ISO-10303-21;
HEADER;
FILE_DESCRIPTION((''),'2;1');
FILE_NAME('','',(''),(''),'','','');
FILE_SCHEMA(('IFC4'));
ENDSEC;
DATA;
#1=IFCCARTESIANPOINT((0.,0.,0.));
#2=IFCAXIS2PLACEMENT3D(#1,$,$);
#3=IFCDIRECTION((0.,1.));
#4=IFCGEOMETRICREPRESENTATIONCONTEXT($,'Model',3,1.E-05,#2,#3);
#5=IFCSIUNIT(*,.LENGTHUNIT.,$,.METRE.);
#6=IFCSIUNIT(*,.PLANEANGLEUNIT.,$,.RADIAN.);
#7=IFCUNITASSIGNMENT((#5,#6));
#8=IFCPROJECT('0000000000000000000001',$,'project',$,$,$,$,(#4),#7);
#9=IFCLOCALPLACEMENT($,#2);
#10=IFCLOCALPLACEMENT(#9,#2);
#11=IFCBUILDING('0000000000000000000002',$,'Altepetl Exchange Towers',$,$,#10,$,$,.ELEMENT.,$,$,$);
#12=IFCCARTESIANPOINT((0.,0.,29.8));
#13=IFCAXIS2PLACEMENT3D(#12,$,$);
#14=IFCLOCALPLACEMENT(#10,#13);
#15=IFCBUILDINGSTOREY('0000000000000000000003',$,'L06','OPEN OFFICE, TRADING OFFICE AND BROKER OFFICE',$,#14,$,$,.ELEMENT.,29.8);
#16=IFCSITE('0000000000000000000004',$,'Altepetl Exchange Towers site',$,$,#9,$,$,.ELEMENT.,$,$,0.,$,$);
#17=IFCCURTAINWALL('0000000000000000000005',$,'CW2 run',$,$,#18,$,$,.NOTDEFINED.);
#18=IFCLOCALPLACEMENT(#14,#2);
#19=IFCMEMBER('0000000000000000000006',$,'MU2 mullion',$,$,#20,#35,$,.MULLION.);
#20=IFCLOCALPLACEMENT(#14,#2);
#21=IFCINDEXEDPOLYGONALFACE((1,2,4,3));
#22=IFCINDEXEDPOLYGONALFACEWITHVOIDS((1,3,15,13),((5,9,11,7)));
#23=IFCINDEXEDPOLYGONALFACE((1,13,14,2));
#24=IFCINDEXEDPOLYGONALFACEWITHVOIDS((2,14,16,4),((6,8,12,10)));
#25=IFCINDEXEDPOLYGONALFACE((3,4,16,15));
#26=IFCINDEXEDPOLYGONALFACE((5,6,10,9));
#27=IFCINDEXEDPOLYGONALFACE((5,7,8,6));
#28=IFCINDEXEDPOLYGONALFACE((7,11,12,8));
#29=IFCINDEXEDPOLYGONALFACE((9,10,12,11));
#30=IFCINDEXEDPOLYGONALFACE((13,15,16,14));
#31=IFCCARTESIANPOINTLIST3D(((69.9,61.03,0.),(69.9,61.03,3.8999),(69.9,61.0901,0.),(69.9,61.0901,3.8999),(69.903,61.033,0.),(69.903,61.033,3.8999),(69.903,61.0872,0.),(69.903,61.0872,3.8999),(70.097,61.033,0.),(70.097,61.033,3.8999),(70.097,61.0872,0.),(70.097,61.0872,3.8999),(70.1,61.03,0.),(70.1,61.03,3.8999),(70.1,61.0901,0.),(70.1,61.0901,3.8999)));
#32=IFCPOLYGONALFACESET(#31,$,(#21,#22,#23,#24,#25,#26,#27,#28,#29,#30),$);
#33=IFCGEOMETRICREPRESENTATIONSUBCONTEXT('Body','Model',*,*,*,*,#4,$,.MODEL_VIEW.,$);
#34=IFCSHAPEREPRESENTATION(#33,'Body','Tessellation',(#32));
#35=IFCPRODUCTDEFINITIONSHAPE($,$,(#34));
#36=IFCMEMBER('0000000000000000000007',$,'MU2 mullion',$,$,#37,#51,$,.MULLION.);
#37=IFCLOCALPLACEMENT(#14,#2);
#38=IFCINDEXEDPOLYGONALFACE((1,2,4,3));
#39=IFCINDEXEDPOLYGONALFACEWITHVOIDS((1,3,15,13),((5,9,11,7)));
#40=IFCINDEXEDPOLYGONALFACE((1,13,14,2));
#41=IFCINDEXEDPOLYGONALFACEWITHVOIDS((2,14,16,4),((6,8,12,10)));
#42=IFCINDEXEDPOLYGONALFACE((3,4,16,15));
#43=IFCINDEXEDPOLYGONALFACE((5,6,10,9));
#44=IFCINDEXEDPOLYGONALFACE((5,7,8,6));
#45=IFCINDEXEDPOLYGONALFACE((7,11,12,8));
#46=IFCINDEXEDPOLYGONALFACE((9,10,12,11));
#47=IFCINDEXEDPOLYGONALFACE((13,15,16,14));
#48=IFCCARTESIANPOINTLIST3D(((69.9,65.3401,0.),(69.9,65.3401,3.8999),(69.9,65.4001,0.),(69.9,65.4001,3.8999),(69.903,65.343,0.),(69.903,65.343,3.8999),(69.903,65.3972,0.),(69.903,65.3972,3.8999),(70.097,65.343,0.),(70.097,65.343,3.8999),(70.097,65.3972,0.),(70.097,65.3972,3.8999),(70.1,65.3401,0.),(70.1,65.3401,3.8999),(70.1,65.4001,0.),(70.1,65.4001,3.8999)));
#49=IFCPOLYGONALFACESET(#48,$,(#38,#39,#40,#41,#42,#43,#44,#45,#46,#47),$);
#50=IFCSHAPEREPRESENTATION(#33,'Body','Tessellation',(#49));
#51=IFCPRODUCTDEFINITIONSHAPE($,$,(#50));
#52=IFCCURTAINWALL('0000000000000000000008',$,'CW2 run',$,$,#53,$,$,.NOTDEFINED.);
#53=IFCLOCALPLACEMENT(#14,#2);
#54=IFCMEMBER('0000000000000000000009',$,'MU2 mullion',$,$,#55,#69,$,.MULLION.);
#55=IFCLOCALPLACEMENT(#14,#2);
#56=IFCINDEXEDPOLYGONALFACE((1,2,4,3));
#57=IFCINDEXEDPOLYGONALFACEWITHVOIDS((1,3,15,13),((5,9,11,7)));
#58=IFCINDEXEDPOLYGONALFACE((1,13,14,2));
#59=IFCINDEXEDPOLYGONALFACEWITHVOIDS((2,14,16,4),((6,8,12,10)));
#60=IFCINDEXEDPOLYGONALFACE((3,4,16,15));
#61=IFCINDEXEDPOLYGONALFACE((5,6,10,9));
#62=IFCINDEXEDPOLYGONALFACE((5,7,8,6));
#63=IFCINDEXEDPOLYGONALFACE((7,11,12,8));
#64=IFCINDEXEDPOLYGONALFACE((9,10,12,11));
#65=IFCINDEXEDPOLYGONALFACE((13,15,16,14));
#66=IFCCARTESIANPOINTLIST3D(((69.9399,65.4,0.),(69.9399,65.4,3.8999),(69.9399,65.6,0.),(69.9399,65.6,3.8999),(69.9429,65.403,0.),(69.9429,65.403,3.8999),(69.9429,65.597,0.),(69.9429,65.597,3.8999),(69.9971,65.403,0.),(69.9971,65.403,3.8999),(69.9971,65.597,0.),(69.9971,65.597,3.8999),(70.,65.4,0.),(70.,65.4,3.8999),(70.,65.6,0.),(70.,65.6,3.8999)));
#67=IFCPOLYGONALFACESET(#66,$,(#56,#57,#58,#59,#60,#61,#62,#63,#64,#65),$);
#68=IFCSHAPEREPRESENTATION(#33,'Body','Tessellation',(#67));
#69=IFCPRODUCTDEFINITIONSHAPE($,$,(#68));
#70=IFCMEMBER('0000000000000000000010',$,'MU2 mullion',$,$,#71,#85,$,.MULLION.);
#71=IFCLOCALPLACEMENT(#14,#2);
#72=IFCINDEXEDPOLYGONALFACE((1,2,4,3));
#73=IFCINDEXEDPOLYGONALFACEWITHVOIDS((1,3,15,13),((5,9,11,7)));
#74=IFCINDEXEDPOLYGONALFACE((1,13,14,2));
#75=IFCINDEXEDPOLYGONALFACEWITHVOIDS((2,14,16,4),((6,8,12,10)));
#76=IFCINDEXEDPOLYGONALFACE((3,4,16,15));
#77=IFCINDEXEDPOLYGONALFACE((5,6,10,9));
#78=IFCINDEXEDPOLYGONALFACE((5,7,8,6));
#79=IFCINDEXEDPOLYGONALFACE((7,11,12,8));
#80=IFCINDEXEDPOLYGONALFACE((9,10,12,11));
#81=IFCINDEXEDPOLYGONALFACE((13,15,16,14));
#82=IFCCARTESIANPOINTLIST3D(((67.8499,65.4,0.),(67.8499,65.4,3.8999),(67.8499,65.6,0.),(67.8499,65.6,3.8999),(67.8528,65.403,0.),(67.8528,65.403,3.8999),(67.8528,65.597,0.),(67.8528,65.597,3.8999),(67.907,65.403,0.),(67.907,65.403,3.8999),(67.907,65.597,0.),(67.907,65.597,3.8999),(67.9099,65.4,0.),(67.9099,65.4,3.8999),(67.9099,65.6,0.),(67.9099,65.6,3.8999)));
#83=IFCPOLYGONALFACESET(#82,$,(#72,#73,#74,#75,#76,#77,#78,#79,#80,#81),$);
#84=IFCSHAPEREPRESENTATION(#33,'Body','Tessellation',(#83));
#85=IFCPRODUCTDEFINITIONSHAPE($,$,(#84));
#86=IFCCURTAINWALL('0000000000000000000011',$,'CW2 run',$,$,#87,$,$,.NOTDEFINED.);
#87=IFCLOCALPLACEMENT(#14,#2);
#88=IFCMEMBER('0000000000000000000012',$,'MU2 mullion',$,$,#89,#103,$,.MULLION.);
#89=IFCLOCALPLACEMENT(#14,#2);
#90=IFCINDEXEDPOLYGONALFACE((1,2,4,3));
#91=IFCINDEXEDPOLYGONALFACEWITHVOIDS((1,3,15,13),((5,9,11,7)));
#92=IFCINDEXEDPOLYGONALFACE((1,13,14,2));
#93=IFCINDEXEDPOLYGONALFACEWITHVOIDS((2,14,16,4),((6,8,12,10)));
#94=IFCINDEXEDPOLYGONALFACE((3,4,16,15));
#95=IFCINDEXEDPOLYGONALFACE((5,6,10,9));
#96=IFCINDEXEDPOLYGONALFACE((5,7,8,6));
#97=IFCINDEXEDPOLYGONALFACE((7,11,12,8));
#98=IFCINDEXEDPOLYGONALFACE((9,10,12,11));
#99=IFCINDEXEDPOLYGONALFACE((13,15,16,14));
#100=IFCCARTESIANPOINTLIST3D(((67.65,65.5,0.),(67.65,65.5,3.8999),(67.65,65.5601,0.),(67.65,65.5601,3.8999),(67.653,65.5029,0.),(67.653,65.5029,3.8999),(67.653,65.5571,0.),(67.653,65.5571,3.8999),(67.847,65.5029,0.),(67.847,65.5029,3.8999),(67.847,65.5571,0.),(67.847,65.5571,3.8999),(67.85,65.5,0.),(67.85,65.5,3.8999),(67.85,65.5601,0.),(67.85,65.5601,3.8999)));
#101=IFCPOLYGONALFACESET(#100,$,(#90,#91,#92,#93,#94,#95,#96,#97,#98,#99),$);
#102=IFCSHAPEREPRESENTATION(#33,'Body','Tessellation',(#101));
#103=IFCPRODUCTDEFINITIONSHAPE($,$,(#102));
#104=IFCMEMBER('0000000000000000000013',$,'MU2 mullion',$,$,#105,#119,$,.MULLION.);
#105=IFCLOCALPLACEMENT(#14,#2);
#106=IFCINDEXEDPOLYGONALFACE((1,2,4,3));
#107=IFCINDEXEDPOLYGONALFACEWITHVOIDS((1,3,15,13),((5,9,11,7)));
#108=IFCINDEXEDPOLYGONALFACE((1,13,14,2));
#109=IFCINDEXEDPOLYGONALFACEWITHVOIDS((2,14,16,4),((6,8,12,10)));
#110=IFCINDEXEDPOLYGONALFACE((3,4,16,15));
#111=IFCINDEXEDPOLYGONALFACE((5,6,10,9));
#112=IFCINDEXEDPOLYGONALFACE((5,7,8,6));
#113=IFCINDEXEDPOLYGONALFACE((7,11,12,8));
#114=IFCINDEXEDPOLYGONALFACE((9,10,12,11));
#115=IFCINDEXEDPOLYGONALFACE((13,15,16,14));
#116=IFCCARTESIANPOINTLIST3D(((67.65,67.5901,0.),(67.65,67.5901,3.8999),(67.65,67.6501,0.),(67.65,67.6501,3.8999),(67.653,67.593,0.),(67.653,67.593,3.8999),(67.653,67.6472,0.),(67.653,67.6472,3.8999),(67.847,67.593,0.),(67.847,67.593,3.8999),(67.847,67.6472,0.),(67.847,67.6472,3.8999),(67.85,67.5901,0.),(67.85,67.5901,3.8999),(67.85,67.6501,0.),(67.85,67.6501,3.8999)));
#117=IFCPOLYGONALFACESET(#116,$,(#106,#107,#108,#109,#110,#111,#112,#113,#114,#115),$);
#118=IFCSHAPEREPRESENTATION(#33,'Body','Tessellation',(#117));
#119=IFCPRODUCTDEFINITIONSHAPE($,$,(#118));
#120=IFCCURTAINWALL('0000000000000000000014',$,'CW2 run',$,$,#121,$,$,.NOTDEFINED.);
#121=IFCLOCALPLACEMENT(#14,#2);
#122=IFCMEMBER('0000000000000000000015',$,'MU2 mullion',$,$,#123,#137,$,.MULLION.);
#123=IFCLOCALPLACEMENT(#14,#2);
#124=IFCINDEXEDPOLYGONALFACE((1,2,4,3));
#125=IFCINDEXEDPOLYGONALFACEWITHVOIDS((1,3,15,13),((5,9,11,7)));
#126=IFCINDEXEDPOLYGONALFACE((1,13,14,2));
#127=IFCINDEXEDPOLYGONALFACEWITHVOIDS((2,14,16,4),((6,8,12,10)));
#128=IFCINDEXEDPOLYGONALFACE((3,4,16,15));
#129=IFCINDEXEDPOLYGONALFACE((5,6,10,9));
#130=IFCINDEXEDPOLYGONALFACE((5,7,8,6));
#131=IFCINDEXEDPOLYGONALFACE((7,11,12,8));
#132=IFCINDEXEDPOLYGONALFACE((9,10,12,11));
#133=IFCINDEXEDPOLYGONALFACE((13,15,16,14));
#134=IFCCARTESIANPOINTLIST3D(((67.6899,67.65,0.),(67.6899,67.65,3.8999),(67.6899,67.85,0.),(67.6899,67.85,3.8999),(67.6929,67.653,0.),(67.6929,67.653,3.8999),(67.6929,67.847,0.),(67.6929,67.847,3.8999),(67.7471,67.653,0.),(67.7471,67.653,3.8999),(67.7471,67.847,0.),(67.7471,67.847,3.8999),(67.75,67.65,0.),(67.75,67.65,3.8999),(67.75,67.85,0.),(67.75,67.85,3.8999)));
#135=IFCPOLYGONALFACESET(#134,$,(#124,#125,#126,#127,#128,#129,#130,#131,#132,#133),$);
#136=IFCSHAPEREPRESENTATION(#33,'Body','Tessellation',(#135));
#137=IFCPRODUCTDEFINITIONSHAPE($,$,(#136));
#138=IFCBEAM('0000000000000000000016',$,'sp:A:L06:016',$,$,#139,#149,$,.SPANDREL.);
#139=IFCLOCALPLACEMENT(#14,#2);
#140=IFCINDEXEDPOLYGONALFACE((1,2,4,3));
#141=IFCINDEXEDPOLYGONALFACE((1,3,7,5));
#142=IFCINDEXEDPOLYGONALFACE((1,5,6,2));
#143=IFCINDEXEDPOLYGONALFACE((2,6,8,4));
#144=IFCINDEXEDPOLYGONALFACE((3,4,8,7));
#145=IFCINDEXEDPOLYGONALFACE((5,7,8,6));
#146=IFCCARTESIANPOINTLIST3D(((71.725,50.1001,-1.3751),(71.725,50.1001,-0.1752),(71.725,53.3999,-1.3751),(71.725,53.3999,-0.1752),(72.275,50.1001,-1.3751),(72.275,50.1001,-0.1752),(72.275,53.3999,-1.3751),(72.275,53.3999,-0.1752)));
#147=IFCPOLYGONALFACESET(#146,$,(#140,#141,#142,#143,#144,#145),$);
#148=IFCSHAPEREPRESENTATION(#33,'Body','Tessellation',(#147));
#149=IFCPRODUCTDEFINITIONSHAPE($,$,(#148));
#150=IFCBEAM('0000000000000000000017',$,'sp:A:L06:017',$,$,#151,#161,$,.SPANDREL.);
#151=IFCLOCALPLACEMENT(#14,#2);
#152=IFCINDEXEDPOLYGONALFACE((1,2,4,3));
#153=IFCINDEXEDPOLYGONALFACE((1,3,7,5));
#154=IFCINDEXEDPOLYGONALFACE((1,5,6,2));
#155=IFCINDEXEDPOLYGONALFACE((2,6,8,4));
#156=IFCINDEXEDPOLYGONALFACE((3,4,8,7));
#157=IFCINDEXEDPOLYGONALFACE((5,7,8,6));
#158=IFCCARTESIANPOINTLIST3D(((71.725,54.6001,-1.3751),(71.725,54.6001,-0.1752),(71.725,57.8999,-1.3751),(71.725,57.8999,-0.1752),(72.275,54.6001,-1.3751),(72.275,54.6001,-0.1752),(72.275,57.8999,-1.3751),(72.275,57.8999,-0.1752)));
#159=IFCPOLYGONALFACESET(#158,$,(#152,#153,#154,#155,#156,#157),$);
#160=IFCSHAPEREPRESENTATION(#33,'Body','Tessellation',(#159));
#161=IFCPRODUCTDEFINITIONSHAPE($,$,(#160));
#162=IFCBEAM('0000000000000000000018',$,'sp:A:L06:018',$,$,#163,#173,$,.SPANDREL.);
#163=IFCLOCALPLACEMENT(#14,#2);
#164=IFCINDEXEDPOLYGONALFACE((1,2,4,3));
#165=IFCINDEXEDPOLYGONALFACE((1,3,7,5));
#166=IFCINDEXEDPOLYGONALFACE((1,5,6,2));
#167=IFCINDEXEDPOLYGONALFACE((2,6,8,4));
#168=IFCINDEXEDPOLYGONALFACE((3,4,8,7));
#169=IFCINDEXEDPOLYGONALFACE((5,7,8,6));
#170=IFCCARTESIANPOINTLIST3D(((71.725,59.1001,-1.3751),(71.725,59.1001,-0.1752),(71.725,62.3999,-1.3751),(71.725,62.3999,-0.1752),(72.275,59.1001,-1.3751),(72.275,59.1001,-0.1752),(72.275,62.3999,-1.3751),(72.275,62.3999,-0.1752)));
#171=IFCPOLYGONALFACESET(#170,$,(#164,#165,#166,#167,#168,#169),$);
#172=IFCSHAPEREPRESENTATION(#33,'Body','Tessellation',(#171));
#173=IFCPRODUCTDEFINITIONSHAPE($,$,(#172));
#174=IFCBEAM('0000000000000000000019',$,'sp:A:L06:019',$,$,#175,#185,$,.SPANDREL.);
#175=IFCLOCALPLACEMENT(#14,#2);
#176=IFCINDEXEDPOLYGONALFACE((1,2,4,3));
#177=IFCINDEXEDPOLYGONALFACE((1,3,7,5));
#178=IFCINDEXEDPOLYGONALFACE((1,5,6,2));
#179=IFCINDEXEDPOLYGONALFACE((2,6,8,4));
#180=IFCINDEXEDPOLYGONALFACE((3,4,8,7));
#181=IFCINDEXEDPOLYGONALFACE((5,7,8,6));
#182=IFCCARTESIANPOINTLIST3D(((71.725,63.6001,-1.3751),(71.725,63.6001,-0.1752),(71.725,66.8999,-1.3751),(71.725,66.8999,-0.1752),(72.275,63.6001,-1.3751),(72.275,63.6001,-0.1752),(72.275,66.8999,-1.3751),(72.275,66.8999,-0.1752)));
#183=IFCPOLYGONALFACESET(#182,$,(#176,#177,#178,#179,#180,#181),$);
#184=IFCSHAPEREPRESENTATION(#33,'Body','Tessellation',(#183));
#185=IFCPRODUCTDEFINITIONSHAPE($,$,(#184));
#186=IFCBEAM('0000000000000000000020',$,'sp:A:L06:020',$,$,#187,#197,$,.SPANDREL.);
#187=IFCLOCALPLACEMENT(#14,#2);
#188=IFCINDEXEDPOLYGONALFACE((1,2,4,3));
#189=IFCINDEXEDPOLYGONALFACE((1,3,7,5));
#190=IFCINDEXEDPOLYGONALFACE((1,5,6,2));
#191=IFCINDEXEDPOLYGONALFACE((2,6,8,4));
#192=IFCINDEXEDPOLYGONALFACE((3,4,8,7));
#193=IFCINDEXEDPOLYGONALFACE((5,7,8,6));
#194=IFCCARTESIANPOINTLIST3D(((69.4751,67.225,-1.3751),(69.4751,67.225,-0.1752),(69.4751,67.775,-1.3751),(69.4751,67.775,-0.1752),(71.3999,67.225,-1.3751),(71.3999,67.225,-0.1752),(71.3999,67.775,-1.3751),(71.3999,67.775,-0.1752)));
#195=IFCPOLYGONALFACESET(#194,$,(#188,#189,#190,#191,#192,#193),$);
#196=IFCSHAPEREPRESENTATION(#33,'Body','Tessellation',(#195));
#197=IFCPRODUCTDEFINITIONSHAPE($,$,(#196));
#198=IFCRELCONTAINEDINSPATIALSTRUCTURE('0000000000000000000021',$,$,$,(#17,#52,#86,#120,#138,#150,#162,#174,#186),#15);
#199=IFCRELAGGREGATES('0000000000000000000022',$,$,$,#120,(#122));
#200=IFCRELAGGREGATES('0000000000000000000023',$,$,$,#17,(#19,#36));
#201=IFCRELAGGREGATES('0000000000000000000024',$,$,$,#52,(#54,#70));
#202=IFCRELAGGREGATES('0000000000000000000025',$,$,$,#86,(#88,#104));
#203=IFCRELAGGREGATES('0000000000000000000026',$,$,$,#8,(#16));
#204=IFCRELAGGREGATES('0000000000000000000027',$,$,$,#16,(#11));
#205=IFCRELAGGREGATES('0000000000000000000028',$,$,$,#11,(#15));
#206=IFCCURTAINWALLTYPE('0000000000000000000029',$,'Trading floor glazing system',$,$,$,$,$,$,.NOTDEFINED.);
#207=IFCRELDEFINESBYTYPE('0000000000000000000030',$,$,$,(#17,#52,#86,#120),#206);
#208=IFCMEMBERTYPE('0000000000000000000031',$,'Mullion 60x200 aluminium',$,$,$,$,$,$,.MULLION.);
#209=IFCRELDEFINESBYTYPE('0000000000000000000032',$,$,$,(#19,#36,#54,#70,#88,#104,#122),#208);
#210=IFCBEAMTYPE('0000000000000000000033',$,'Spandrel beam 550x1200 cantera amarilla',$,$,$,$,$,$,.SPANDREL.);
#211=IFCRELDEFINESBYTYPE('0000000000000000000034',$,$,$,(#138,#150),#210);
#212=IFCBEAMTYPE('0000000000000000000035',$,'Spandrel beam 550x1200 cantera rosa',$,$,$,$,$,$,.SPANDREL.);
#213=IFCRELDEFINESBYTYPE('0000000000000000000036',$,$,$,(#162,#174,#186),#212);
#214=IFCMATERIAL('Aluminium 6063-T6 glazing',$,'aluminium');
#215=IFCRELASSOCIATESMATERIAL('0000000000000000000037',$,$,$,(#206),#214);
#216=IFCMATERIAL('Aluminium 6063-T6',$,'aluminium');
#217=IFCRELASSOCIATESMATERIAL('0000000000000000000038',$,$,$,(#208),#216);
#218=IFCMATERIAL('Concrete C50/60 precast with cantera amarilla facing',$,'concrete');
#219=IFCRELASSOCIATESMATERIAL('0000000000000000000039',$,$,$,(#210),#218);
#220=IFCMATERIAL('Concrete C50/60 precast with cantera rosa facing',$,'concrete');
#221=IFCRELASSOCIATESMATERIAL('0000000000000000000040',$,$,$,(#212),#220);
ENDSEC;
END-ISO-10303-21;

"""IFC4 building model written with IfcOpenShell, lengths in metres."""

from ifc_helpers import new_model, si_unit, direction, frame, origin, origin_2d, place, context, subcontext, project, spatial, rectangle, hollow_rectangle, extrude, material, material_profile, profile_set, type_object, element, aggregate, save


model = new_model("IFC4")

# Units and contexts
model_context = context("Model", 3, precision=1e-05, world=origin(), true_north=direction((0.0, 1.0)))
body_context = subcontext(model_context, "Body", "Model", "MODEL_VIEW")
ifc_project = project(units=[si_unit("LENGTHUNIT", "METRE"), si_unit("PLANEANGLEUNIT", "RADIAN")], contexts=[model_context])

# Site, building, storey
site_placement = place(None, origin())
site = spatial("IfcSite", under=ifc_project, at=site_placement, Name="Altepetl Exchange Towers site", CompositionType="ELEMENT", RefElevation=0.0)
building_placement = place(site_placement, origin())
building = spatial("IfcBuilding", under=site, at=building_placement, Name="Altepetl Exchange Towers", CompositionType="ELEMENT")
storey_placement = place(building_placement, frame((0.0, 0.0, 29.8)))
storey = spatial("IfcBuildingStorey", under=building, at=storey_placement, Name="L06", Description="OPEN OFFICE, TRADING OFFICE AND BROKER OFFICE", CompositionType="ELEMENT", Elevation=29.8)

# Curtain walls, members
ifc_material_1 = material(Name="Aluminium 6063-T6 glazing", Category="aluminium")
curtain_wall_type = type_object("IfcCurtainWallType", Name="Trading floor glazing system", PredefinedType="NOTDEFINED", material=ifc_material_1)
ifc_material_2 = material(Name="Aluminium 6063-T6", Category="aluminium")
ifc_material_profile_1 = material_profile(ifc_material_2, hollow_rectangle(XDim=0.0601, YDim=0.2, WallThickness=0.0029, at=origin_2d()), Name="Mullion 60x200 aluminium")
ifc_profile_set_1 = profile_set([ifc_material_profile_1], Name="Aluminium 6063-T6")
member_type = type_object("IfcMemberType", Name="Mullion 60x200 aluminium", PredefinedType="MULLION", material=ifc_profile_set_1)
curtain_wall_1_placement = place(storey_placement, origin())
curtain_wall_1 = element("IfcCurtainWall", 1, at=curtain_wall_1_placement, inside=storey, type_object=curtain_wall_type, Name="CW2 run", PredefinedType="NOTDEFINED")
member_1_placement = place(storey_placement, frame((70.0, 61.0601, 0.0), z_axis=(0.0, 0.0, 1.0), x_axis=(0.0, 1.0, 0.0)))
member_1 = element("IfcMember", 2, at=member_1_placement, type_object=member_type, Name="MU2 mullion", PredefinedType="MULLION", context=body_context, shape_type="SweptSolid", body=[
    extrude(hollow_rectangle(XDim=0.0601, YDim=0.2, WallThickness=0.0029, at=origin_2d()), origin(), (0.0, 0.0, 1.0), 3.8999),
])
member_2_placement = place(storey_placement, frame((70.0, 65.3701, 0.0), z_axis=(0.0, 0.0, 1.0), x_axis=(0.0, 1.0, 0.0)))
member_2 = element("IfcMember", 3, at=member_2_placement, type_object=member_type, Name="MU2 mullion", PredefinedType="MULLION", context=body_context, shape_type="SweptSolid", body=[
    extrude(hollow_rectangle(XDim=0.0601, YDim=0.2, WallThickness=0.0029, at=origin_2d()), origin(), (0.0, 0.0, 1.0), 3.8999),
])
curtain_wall_2_placement = place(storey_placement, origin())
curtain_wall_2 = element("IfcCurtainWall", 4, at=curtain_wall_2_placement, inside=storey, type_object=curtain_wall_type, Name="CW2 run", PredefinedType="NOTDEFINED")
member_3_placement = place(storey_placement, frame((69.97, 65.5, 0.0), z_axis=(0.0, 0.0, 1.0), x_axis=(-1.0, 0.0, 0.0)))
member_3 = element("IfcMember", 5, at=member_3_placement, type_object=member_type, Name="MU2 mullion", PredefinedType="MULLION", context=body_context, shape_type="SweptSolid", body=[
    extrude(hollow_rectangle(XDim=0.0601, YDim=0.2, WallThickness=0.0029, at=origin_2d()), origin(), (0.0, 0.0, 1.0), 3.8999),
])
member_4_placement = place(storey_placement, frame((67.8799, 65.5, 0.0), z_axis=(0.0, 0.0, 1.0), x_axis=(-1.0, 0.0, 0.0)))
member_4 = element("IfcMember", 6, at=member_4_placement, type_object=member_type, Name="MU2 mullion", PredefinedType="MULLION", context=body_context, shape_type="SweptSolid", body=[
    extrude(hollow_rectangle(XDim=0.0601, YDim=0.2, WallThickness=0.0029, at=origin_2d()), origin(), (0.0, 0.0, 1.0), 3.8999),
])
curtain_wall_3_placement = place(storey_placement, origin())
curtain_wall_3 = element("IfcCurtainWall", 7, at=curtain_wall_3_placement, inside=storey, type_object=curtain_wall_type, Name="CW2 run", PredefinedType="NOTDEFINED")
member_5_placement = place(storey_placement, frame((67.75, 65.53, 0.0), z_axis=(0.0, 0.0, 1.0), x_axis=(0.0, 1.0, 0.0)))
member_5 = element("IfcMember", 8, at=member_5_placement, type_object=member_type, Name="MU2 mullion", PredefinedType="MULLION", context=body_context, shape_type="SweptSolid", body=[
    extrude(hollow_rectangle(XDim=0.0601, YDim=0.2, WallThickness=0.0029, at=origin_2d()), origin(), (0.0, 0.0, 1.0), 3.8999),
])
member_6_placement = place(storey_placement, frame((67.75, 67.6201, 0.0), z_axis=(0.0, 0.0, 1.0), x_axis=(0.0, 1.0, 0.0)))
member_6 = element("IfcMember", 9, at=member_6_placement, type_object=member_type, Name="MU2 mullion", PredefinedType="MULLION", context=body_context, shape_type="SweptSolid", body=[
    extrude(hollow_rectangle(XDim=0.0601, YDim=0.2, WallThickness=0.0029, at=origin_2d()), origin(), (0.0, 0.0, 1.0), 3.8999),
])

# Curtain wall, member
curtain_wall_4_placement = place(storey_placement, origin())
curtain_wall_4 = element("IfcCurtainWall", 10, at=curtain_wall_4_placement, inside=storey, type_object=curtain_wall_type, Name="CW2 run", PredefinedType="NOTDEFINED")
member_7_placement = place(storey_placement, frame((67.72, 67.75, 0.0), z_axis=(0.0, 0.0, 1.0), x_axis=(-1.0, 0.0, 0.0)))
member_7 = element("IfcMember", 11, at=member_7_placement, type_object=member_type, Name="MU2 mullion", PredefinedType="MULLION", context=body_context, shape_type="SweptSolid", body=[
    extrude(hollow_rectangle(XDim=0.0601, YDim=0.2, WallThickness=0.0029, at=origin_2d()), origin(), (0.0, 0.0, 1.0), 3.8999),
])
aggregate(curtain_wall_4, [member_7])

# Beams
ifc_material_3 = material(Name="Concrete C50/60 precast with cantera amarilla facing", Category="concrete")
ifc_material_profile_2 = material_profile(ifc_material_3, rectangle(XDim=0.55, YDim=1.2, at=origin_2d()), Name="550 x 1200")
ifc_profile_set_2 = profile_set([ifc_material_profile_2], Name="Concrete C50/60 precast with cantera amarilla facing")
beam_type_1 = type_object("IfcBeamType", Name="Spandrel beam 550x1200 cantera amarilla", PredefinedType="SPANDREL", material=ifc_profile_set_2)
for number, where, z_axis, x_axis, name in (
    (12, (72.0, 50.1001, -0.7751), (0.0, 1.0, 0.0), (-1.0, 0.0, 0.0), "sp:A:L06:016"),
    (13, (72.0, 54.6001, -0.7751), (0.0, 1.0, 0.0), (-1.0, 0.0, 0.0), "sp:A:L06:017"),
):
    element("IfcBeam", number, at=place(storey_placement, frame(where, z_axis=z_axis, x_axis=x_axis)), inside=storey, type_object=beam_type_1, Name=name, PredefinedType="SPANDREL", context=body_context, shape_type="SweptSolid", body=[
        extrude(rectangle(XDim=0.55, YDim=1.2, at=origin_2d()), origin(), (0.0, 0.0, 1.0), 3.2998),
    ])
ifc_material_4 = material(Name="Concrete C50/60 precast with cantera rosa facing", Category="concrete")
ifc_material_profile_3 = material_profile(ifc_material_4, rectangle(XDim=0.55, YDim=1.2, at=origin_2d()), Name="550 x 1200")
ifc_profile_set_3 = profile_set([ifc_material_profile_3], Name="Concrete C50/60 precast with cantera rosa facing")
beam_type_2 = type_object("IfcBeamType", Name="Spandrel beam 550x1200 cantera rosa", PredefinedType="SPANDREL", material=ifc_profile_set_3)
for number, where, z_axis, x_axis, name in (
    (14, (72.0, 59.1001, -0.7751), (0.0, 1.0, 0.0), (-1.0, 0.0, 0.0), "sp:A:L06:018"),
    (15, (72.0, 63.6001, -0.7751), (0.0, 1.0, 0.0), (-1.0, 0.0, 0.0), "sp:A:L06:019"),
):
    element("IfcBeam", number, at=place(storey_placement, frame(where, z_axis=z_axis, x_axis=x_axis)), inside=storey, type_object=beam_type_2, Name=name, PredefinedType="SPANDREL", context=body_context, shape_type="SweptSolid", body=[
        extrude(rectangle(XDim=0.55, YDim=1.2, at=origin_2d()), origin(), (0.0, 0.0, 1.0), 3.2998),
    ])
beam_1_placement = place(storey_placement, frame((71.3999, 67.5, -0.7751), z_axis=(-1.0, 0.0, 0.0), x_axis=(0.0, -1.0, 0.0)))
element("IfcBeam", 16, at=beam_1_placement, inside=storey, type_object=beam_type_2, Name="sp:A:L06:020", PredefinedType="SPANDREL", context=body_context, shape_type="SweptSolid", body=[
    extrude(rectangle(XDim=0.55, YDim=1.2, at=origin_2d()), origin(), (0.0, 0.0, 1.0), 1.9248),
])

aggregate(curtain_wall_1, [member_1, member_2])
aggregate(curtain_wall_2, [member_3, member_4])
aggregate(curtain_wall_3, [member_5, member_6])

save(model, "model.ifc")
